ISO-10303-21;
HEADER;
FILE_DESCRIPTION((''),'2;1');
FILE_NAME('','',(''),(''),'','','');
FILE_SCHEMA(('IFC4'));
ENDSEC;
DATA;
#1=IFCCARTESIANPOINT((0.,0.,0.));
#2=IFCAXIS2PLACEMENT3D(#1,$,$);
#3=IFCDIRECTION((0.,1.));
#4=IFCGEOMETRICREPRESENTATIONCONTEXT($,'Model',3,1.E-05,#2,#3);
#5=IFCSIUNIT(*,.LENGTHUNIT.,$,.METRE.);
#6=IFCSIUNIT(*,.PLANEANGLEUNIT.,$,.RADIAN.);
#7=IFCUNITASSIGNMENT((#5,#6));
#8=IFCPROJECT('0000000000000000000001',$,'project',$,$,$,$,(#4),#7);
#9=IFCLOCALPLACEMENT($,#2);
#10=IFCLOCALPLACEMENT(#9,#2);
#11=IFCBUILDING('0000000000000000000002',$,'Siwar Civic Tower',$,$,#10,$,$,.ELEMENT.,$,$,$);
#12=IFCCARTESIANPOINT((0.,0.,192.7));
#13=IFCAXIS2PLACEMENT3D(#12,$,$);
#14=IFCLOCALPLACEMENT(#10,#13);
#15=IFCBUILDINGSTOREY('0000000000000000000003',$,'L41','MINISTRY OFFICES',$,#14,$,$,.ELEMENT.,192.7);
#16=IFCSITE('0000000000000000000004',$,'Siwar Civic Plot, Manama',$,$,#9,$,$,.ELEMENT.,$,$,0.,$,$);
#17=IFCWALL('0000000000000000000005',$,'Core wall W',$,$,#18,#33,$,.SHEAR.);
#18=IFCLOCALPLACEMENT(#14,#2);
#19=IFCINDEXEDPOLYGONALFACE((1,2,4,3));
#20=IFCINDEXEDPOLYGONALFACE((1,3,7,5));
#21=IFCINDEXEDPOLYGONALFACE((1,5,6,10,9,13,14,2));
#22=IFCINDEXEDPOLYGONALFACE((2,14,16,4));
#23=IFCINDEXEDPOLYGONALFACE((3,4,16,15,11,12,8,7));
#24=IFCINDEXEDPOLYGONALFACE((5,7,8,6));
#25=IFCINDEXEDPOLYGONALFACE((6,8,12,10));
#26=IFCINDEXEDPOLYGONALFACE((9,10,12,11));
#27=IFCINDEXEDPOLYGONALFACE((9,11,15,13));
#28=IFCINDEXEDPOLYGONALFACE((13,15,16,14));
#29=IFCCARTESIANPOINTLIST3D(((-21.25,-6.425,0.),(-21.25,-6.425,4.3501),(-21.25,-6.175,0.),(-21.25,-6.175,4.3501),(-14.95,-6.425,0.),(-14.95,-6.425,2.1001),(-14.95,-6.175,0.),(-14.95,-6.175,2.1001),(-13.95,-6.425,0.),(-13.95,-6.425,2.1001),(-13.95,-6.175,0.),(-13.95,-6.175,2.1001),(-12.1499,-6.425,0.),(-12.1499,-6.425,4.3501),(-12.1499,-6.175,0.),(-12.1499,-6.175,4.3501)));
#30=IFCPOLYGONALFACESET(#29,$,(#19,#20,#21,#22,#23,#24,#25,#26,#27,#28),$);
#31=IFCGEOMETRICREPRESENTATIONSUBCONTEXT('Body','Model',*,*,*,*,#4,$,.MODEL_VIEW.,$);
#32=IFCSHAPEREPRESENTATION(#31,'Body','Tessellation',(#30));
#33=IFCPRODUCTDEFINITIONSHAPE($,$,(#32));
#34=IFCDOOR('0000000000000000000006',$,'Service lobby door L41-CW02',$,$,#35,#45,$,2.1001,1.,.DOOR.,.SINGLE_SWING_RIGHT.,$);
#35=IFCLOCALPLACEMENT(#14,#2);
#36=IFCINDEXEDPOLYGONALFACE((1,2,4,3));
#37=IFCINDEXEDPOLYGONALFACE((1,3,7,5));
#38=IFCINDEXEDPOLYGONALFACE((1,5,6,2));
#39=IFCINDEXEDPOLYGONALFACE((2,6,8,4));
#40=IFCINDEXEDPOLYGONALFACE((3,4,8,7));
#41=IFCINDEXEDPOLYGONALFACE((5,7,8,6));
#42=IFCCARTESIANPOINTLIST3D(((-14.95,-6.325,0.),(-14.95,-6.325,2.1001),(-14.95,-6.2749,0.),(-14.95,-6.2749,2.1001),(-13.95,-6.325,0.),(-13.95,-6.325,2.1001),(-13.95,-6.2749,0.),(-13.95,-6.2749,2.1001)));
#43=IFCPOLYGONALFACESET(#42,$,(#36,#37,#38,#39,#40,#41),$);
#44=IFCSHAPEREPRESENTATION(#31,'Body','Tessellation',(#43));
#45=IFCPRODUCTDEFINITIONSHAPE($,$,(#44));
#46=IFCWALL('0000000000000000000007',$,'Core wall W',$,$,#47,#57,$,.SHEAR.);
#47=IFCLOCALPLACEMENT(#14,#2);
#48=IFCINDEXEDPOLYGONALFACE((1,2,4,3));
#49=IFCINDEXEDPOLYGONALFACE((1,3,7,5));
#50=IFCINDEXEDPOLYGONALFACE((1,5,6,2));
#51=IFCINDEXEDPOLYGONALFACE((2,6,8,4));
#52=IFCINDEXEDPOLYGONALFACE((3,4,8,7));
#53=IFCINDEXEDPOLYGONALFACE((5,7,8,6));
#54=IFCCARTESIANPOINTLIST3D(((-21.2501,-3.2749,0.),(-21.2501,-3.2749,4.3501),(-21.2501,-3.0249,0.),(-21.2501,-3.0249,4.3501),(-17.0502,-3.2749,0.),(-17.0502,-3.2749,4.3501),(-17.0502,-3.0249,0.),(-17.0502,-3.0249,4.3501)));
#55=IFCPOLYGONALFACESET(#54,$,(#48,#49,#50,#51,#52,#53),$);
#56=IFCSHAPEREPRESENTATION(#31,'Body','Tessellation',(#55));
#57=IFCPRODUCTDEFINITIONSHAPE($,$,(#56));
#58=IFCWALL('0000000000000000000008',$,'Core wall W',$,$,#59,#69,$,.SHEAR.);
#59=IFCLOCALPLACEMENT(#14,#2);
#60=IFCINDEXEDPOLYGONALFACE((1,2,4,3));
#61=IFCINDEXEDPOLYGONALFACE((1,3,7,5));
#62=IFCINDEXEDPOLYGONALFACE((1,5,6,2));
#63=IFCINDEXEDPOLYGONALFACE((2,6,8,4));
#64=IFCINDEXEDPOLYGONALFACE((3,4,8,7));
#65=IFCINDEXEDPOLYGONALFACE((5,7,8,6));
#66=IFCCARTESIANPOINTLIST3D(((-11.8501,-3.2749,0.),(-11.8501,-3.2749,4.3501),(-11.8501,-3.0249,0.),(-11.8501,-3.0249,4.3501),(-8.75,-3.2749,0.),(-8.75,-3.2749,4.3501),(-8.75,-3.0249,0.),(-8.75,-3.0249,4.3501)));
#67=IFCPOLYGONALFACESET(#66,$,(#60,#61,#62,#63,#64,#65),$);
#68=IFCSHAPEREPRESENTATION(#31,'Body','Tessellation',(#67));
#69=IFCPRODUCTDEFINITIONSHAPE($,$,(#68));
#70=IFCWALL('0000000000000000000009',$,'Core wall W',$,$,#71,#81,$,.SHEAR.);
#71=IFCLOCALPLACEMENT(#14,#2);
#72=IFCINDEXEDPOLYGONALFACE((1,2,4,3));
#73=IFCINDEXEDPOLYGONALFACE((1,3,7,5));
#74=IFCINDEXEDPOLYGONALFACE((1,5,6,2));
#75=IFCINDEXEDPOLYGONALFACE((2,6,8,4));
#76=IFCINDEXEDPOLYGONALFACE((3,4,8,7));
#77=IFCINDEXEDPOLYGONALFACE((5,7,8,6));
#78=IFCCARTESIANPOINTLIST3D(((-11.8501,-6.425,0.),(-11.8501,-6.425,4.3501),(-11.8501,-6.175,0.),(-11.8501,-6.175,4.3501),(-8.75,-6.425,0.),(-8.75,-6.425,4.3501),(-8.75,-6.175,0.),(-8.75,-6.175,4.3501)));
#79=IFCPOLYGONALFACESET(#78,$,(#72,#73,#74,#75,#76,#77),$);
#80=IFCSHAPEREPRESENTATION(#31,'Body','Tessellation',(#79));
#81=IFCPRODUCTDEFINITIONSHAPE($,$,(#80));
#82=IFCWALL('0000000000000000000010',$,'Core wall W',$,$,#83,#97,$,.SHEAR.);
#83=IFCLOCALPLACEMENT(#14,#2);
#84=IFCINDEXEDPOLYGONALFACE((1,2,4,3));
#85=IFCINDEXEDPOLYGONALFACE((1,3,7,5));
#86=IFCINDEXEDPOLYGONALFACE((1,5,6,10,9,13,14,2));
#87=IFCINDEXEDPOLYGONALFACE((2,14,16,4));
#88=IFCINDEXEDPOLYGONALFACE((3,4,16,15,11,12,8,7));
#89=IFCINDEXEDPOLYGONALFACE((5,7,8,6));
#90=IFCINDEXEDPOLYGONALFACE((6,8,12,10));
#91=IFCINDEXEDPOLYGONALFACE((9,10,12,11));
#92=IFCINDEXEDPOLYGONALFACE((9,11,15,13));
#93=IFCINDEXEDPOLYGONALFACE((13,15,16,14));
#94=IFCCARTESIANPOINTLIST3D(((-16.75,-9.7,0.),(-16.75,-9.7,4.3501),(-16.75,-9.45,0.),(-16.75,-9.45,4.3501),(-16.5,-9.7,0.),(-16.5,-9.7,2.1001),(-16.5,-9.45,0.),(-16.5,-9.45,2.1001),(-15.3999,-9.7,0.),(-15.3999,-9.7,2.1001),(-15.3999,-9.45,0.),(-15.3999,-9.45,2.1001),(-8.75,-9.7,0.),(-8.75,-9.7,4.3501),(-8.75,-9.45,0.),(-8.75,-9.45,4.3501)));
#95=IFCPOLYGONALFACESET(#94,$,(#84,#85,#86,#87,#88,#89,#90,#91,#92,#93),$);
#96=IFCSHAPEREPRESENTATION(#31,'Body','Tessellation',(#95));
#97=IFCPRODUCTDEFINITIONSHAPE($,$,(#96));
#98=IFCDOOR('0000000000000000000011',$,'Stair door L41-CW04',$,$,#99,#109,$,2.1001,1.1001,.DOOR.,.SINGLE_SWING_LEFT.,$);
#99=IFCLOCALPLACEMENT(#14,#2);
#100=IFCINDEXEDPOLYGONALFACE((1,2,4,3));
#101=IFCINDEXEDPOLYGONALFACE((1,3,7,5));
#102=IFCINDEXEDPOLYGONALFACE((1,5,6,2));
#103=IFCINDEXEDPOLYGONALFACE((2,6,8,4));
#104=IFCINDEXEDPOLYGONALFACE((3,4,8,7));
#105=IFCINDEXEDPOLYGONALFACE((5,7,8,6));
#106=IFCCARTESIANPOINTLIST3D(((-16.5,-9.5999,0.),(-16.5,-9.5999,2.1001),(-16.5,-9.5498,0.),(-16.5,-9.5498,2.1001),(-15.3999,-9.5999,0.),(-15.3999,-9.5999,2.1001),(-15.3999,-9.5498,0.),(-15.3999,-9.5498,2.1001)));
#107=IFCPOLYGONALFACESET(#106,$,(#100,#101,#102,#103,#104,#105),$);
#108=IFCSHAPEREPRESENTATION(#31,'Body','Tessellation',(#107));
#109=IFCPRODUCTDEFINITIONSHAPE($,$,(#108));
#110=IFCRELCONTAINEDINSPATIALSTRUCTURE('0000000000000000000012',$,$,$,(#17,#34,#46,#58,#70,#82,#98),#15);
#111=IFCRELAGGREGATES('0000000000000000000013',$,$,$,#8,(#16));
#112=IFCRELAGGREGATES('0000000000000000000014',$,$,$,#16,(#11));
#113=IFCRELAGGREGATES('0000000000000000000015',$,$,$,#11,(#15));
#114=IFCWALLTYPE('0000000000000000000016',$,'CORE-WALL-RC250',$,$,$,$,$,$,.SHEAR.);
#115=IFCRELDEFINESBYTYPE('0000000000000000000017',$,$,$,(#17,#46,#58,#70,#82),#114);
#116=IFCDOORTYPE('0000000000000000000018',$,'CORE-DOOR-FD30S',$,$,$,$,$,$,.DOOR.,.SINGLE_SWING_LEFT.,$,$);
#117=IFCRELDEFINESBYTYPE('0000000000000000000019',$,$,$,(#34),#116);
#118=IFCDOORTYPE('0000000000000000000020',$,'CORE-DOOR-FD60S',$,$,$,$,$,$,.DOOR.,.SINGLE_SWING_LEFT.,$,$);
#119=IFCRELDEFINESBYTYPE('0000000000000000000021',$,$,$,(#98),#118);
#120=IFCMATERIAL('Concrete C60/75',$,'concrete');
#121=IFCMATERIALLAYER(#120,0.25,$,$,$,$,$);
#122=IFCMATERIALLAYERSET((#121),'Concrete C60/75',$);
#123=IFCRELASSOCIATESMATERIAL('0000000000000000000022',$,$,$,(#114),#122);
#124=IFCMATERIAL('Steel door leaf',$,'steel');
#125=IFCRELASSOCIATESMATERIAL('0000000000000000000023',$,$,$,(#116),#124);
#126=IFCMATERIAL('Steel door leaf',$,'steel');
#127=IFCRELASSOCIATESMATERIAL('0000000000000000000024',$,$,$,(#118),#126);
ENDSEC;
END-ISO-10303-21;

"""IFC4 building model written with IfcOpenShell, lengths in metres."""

from ifc_helpers import new_model, si_unit, direction, frame, frame_2d, origin, place, context, subcontext, project, spatial, rectangle, extrude, material, layer, layer_set, type_object, element, fill, save


model = new_model("IFC4")

# Units and contexts
model_context = context("Model", 3, precision=1e-05, world=origin(), true_north=direction((0.0, 1.0)))
body_context = subcontext(model_context, "Body", "Model", "MODEL_VIEW")
ifc_project = project(units=[si_unit("LENGTHUNIT", "METRE"), si_unit("PLANEANGLEUNIT", "RADIAN")], contexts=[model_context])

# Site, building, storey
site_placement = place(None, origin())
site = spatial("IfcSite", under=ifc_project, at=site_placement, Name="Siwar Civic Plot, Manama", CompositionType="ELEMENT", RefElevation=0.0)
building_placement = place(site_placement, origin())
building = spatial("IfcBuilding", under=site, at=building_placement, Name="Siwar Civic Tower", CompositionType="ELEMENT")
storey_placement = place(building_placement, frame((0.0, 0.0, 192.7)))
storey = spatial("IfcBuildingStorey", under=building, at=storey_placement, Name="L41", Description="MINISTRY OFFICES", CompositionType="ELEMENT", Elevation=192.7)

# Wall, opening, door
ifc_material_1 = material(Name="Concrete C60/75", Category="concrete")
ifc_layer_1 = layer(ifc_material_1, 0.25)
ifc_layer_set_1 = layer_set([ifc_layer_1], Name="Concrete C60/75")
wall_type_1 = type_object("IfcWallType", Name="CORE-WALL-RC250", PredefinedType="SHEAR", material=ifc_layer_set_1)
wall_1_placement = place(storey_placement, frame((-12.1499, -6.3, 0.0), z_axis=(0.0, 0.0, 1.0), x_axis=(-1.0, 0.0, 0.0)))
wall_1 = element("IfcWall", 1, at=wall_1_placement, inside=storey, type_object=wall_type_1, Name="Core wall W", PredefinedType="SHEAR", context=body_context, shape_type="SweptSolid", body=[
    extrude(rectangle(XDim=9.1001, YDim=0.25, at=frame_2d((4.55, 0.0))), origin(), (0.0, 0.0, 1.0), 4.3501),
])
opening_1_placement = place(wall_1_placement, frame((1.8, 0.0, 0.0)))
opening_1 = element("IfcOpeningElement", 2, at=opening_1_placement, cuts=wall_1, PredefinedType="OPENING", context=body_context, shape_type="SweptSolid", body=[
    extrude(rectangle(XDim=1.0, YDim=2.1001, at=frame_2d((0.5, 1.05))), frame((0.0, 0.135, 0.0), z_axis=(0.0, -1.0, 0.0), x_axis=(1.0, 0.0, 0.0)), (0.0, 0.0, 1.0), 0.27),
])
ifc_material_2 = material(Name="Steel door leaf", Category="steel")
door_type_1 = type_object("IfcDoorType", Name="CORE-DOOR-FD30S", OperationType="SINGLE_SWING_LEFT", PredefinedType="DOOR", material=ifc_material_2)
door_1_placement = place(opening_1_placement, origin())
door_1 = element("IfcDoor", 3, at=door_1_placement, inside=storey, type_object=door_type_1, Name="Service lobby door L41-CW02", OperationType="SINGLE_SWING_RIGHT", OverallHeight=2.1001, OverallWidth=1.0, PredefinedType="DOOR", context=body_context, shape_type="SweptSolid", body=[
    extrude(rectangle(XDim=1.0, YDim=2.1001, at=frame_2d((0.5, 1.05))), frame((0.0, 0.0249, 0.0), z_axis=(0.0, -1.0, 0.0), x_axis=(1.0, 0.0, 0.0)), (0.0, 0.0, 1.0), 0.05),
])
fill(opening_1, door_1)

# Walls
wall_2_placement = place(storey_placement, frame((-17.05, -3.1499, 0.0), z_axis=(0.0, 0.0, 1.0), x_axis=(-1.0, 0.0, 0.0)))
element("IfcWall", 4, at=wall_2_placement, inside=storey, type_object=wall_type_1, Name="Core wall W", PredefinedType="SHEAR", context=body_context, shape_type="SweptSolid", body=[
    extrude(rectangle(XDim=4.2, YDim=0.25, at=frame_2d((2.1001, 0.0))), origin(), (0.0, 0.0, 1.0), 4.3501),
])
for number, where, z_axis, x_axis, name in (
    (5, (-8.75, -3.1499, 0.0), (0.0, 0.0, 1.0), (-1.0, 0.0, 0.0), "Core wall W"),
    (6, (-8.75, -6.3, 0.0), (0.0, 0.0, 1.0), (-1.0, 0.0, 0.0), "Core wall W"),
):
    element("IfcWall", number, at=place(storey_placement, frame(where, z_axis=z_axis, x_axis=x_axis)), inside=storey, type_object=wall_type_1, Name=name, PredefinedType="SHEAR", context=body_context, shape_type="SweptSolid", body=[
        extrude(rectangle(XDim=3.1001, YDim=0.25, at=frame_2d((1.55, 0.0))), origin(), (0.0, 0.0, 1.0), 4.3501),
    ])

# Wall, opening, door
wall_3_placement = place(storey_placement, frame((-8.75, -9.575, 0.0), z_axis=(0.0, 0.0, 1.0), x_axis=(-1.0, 0.0, 0.0)))
wall_3 = element("IfcWall", 7, at=wall_3_placement, inside=storey, type_object=wall_type_1, Name="Core wall W", PredefinedType="SHEAR", context=body_context, shape_type="SweptSolid", body=[
    extrude(rectangle(XDim=8.0, YDim=0.25, at=frame_2d((4.0, 0.0))), origin(), (0.0, 0.0, 1.0), 4.3501),
])
opening_2_placement = place(wall_3_placement, frame((6.6499, 0.0, 0.0)))
opening_2 = element("IfcOpeningElement", 8, at=opening_2_placement, cuts=wall_3, PredefinedType="OPENING", context=body_context, shape_type="SweptSolid", body=[
    extrude(rectangle(XDim=1.1001, YDim=2.1001, at=frame_2d((0.55, 1.05))), frame((0.0, 0.135, 0.0), z_axis=(0.0, -1.0, 0.0), x_axis=(1.0, 0.0, 0.0)), (0.0, 0.0, 1.0), 0.27),
])
ifc_material_3 = material(Name="Steel door leaf", Category="steel")
door_type_2 = type_object("IfcDoorType", Name="CORE-DOOR-FD60S", OperationType="SINGLE_SWING_LEFT", PredefinedType="DOOR", material=ifc_material_3)
door_2_placement = place(opening_2_placement, origin())
door_2 = element("IfcDoor", 9, at=door_2_placement, inside=storey, type_object=door_type_2, Name="Stair door L41-CW04", OperationType="SINGLE_SWING_LEFT", OverallHeight=2.1001, OverallWidth=1.1001, PredefinedType="DOOR", context=body_context, shape_type="SweptSolid", body=[
    extrude(rectangle(XDim=1.1001, YDim=2.1001, at=frame_2d((0.55, 1.05))), frame((0.0, 0.0249, 0.0), z_axis=(0.0, -1.0, 0.0), x_axis=(1.0, 0.0, 0.0)), (0.0, 0.0, 1.0), 0.05),
])
fill(opening_2, door_2)

save(model, "model.ifc")
